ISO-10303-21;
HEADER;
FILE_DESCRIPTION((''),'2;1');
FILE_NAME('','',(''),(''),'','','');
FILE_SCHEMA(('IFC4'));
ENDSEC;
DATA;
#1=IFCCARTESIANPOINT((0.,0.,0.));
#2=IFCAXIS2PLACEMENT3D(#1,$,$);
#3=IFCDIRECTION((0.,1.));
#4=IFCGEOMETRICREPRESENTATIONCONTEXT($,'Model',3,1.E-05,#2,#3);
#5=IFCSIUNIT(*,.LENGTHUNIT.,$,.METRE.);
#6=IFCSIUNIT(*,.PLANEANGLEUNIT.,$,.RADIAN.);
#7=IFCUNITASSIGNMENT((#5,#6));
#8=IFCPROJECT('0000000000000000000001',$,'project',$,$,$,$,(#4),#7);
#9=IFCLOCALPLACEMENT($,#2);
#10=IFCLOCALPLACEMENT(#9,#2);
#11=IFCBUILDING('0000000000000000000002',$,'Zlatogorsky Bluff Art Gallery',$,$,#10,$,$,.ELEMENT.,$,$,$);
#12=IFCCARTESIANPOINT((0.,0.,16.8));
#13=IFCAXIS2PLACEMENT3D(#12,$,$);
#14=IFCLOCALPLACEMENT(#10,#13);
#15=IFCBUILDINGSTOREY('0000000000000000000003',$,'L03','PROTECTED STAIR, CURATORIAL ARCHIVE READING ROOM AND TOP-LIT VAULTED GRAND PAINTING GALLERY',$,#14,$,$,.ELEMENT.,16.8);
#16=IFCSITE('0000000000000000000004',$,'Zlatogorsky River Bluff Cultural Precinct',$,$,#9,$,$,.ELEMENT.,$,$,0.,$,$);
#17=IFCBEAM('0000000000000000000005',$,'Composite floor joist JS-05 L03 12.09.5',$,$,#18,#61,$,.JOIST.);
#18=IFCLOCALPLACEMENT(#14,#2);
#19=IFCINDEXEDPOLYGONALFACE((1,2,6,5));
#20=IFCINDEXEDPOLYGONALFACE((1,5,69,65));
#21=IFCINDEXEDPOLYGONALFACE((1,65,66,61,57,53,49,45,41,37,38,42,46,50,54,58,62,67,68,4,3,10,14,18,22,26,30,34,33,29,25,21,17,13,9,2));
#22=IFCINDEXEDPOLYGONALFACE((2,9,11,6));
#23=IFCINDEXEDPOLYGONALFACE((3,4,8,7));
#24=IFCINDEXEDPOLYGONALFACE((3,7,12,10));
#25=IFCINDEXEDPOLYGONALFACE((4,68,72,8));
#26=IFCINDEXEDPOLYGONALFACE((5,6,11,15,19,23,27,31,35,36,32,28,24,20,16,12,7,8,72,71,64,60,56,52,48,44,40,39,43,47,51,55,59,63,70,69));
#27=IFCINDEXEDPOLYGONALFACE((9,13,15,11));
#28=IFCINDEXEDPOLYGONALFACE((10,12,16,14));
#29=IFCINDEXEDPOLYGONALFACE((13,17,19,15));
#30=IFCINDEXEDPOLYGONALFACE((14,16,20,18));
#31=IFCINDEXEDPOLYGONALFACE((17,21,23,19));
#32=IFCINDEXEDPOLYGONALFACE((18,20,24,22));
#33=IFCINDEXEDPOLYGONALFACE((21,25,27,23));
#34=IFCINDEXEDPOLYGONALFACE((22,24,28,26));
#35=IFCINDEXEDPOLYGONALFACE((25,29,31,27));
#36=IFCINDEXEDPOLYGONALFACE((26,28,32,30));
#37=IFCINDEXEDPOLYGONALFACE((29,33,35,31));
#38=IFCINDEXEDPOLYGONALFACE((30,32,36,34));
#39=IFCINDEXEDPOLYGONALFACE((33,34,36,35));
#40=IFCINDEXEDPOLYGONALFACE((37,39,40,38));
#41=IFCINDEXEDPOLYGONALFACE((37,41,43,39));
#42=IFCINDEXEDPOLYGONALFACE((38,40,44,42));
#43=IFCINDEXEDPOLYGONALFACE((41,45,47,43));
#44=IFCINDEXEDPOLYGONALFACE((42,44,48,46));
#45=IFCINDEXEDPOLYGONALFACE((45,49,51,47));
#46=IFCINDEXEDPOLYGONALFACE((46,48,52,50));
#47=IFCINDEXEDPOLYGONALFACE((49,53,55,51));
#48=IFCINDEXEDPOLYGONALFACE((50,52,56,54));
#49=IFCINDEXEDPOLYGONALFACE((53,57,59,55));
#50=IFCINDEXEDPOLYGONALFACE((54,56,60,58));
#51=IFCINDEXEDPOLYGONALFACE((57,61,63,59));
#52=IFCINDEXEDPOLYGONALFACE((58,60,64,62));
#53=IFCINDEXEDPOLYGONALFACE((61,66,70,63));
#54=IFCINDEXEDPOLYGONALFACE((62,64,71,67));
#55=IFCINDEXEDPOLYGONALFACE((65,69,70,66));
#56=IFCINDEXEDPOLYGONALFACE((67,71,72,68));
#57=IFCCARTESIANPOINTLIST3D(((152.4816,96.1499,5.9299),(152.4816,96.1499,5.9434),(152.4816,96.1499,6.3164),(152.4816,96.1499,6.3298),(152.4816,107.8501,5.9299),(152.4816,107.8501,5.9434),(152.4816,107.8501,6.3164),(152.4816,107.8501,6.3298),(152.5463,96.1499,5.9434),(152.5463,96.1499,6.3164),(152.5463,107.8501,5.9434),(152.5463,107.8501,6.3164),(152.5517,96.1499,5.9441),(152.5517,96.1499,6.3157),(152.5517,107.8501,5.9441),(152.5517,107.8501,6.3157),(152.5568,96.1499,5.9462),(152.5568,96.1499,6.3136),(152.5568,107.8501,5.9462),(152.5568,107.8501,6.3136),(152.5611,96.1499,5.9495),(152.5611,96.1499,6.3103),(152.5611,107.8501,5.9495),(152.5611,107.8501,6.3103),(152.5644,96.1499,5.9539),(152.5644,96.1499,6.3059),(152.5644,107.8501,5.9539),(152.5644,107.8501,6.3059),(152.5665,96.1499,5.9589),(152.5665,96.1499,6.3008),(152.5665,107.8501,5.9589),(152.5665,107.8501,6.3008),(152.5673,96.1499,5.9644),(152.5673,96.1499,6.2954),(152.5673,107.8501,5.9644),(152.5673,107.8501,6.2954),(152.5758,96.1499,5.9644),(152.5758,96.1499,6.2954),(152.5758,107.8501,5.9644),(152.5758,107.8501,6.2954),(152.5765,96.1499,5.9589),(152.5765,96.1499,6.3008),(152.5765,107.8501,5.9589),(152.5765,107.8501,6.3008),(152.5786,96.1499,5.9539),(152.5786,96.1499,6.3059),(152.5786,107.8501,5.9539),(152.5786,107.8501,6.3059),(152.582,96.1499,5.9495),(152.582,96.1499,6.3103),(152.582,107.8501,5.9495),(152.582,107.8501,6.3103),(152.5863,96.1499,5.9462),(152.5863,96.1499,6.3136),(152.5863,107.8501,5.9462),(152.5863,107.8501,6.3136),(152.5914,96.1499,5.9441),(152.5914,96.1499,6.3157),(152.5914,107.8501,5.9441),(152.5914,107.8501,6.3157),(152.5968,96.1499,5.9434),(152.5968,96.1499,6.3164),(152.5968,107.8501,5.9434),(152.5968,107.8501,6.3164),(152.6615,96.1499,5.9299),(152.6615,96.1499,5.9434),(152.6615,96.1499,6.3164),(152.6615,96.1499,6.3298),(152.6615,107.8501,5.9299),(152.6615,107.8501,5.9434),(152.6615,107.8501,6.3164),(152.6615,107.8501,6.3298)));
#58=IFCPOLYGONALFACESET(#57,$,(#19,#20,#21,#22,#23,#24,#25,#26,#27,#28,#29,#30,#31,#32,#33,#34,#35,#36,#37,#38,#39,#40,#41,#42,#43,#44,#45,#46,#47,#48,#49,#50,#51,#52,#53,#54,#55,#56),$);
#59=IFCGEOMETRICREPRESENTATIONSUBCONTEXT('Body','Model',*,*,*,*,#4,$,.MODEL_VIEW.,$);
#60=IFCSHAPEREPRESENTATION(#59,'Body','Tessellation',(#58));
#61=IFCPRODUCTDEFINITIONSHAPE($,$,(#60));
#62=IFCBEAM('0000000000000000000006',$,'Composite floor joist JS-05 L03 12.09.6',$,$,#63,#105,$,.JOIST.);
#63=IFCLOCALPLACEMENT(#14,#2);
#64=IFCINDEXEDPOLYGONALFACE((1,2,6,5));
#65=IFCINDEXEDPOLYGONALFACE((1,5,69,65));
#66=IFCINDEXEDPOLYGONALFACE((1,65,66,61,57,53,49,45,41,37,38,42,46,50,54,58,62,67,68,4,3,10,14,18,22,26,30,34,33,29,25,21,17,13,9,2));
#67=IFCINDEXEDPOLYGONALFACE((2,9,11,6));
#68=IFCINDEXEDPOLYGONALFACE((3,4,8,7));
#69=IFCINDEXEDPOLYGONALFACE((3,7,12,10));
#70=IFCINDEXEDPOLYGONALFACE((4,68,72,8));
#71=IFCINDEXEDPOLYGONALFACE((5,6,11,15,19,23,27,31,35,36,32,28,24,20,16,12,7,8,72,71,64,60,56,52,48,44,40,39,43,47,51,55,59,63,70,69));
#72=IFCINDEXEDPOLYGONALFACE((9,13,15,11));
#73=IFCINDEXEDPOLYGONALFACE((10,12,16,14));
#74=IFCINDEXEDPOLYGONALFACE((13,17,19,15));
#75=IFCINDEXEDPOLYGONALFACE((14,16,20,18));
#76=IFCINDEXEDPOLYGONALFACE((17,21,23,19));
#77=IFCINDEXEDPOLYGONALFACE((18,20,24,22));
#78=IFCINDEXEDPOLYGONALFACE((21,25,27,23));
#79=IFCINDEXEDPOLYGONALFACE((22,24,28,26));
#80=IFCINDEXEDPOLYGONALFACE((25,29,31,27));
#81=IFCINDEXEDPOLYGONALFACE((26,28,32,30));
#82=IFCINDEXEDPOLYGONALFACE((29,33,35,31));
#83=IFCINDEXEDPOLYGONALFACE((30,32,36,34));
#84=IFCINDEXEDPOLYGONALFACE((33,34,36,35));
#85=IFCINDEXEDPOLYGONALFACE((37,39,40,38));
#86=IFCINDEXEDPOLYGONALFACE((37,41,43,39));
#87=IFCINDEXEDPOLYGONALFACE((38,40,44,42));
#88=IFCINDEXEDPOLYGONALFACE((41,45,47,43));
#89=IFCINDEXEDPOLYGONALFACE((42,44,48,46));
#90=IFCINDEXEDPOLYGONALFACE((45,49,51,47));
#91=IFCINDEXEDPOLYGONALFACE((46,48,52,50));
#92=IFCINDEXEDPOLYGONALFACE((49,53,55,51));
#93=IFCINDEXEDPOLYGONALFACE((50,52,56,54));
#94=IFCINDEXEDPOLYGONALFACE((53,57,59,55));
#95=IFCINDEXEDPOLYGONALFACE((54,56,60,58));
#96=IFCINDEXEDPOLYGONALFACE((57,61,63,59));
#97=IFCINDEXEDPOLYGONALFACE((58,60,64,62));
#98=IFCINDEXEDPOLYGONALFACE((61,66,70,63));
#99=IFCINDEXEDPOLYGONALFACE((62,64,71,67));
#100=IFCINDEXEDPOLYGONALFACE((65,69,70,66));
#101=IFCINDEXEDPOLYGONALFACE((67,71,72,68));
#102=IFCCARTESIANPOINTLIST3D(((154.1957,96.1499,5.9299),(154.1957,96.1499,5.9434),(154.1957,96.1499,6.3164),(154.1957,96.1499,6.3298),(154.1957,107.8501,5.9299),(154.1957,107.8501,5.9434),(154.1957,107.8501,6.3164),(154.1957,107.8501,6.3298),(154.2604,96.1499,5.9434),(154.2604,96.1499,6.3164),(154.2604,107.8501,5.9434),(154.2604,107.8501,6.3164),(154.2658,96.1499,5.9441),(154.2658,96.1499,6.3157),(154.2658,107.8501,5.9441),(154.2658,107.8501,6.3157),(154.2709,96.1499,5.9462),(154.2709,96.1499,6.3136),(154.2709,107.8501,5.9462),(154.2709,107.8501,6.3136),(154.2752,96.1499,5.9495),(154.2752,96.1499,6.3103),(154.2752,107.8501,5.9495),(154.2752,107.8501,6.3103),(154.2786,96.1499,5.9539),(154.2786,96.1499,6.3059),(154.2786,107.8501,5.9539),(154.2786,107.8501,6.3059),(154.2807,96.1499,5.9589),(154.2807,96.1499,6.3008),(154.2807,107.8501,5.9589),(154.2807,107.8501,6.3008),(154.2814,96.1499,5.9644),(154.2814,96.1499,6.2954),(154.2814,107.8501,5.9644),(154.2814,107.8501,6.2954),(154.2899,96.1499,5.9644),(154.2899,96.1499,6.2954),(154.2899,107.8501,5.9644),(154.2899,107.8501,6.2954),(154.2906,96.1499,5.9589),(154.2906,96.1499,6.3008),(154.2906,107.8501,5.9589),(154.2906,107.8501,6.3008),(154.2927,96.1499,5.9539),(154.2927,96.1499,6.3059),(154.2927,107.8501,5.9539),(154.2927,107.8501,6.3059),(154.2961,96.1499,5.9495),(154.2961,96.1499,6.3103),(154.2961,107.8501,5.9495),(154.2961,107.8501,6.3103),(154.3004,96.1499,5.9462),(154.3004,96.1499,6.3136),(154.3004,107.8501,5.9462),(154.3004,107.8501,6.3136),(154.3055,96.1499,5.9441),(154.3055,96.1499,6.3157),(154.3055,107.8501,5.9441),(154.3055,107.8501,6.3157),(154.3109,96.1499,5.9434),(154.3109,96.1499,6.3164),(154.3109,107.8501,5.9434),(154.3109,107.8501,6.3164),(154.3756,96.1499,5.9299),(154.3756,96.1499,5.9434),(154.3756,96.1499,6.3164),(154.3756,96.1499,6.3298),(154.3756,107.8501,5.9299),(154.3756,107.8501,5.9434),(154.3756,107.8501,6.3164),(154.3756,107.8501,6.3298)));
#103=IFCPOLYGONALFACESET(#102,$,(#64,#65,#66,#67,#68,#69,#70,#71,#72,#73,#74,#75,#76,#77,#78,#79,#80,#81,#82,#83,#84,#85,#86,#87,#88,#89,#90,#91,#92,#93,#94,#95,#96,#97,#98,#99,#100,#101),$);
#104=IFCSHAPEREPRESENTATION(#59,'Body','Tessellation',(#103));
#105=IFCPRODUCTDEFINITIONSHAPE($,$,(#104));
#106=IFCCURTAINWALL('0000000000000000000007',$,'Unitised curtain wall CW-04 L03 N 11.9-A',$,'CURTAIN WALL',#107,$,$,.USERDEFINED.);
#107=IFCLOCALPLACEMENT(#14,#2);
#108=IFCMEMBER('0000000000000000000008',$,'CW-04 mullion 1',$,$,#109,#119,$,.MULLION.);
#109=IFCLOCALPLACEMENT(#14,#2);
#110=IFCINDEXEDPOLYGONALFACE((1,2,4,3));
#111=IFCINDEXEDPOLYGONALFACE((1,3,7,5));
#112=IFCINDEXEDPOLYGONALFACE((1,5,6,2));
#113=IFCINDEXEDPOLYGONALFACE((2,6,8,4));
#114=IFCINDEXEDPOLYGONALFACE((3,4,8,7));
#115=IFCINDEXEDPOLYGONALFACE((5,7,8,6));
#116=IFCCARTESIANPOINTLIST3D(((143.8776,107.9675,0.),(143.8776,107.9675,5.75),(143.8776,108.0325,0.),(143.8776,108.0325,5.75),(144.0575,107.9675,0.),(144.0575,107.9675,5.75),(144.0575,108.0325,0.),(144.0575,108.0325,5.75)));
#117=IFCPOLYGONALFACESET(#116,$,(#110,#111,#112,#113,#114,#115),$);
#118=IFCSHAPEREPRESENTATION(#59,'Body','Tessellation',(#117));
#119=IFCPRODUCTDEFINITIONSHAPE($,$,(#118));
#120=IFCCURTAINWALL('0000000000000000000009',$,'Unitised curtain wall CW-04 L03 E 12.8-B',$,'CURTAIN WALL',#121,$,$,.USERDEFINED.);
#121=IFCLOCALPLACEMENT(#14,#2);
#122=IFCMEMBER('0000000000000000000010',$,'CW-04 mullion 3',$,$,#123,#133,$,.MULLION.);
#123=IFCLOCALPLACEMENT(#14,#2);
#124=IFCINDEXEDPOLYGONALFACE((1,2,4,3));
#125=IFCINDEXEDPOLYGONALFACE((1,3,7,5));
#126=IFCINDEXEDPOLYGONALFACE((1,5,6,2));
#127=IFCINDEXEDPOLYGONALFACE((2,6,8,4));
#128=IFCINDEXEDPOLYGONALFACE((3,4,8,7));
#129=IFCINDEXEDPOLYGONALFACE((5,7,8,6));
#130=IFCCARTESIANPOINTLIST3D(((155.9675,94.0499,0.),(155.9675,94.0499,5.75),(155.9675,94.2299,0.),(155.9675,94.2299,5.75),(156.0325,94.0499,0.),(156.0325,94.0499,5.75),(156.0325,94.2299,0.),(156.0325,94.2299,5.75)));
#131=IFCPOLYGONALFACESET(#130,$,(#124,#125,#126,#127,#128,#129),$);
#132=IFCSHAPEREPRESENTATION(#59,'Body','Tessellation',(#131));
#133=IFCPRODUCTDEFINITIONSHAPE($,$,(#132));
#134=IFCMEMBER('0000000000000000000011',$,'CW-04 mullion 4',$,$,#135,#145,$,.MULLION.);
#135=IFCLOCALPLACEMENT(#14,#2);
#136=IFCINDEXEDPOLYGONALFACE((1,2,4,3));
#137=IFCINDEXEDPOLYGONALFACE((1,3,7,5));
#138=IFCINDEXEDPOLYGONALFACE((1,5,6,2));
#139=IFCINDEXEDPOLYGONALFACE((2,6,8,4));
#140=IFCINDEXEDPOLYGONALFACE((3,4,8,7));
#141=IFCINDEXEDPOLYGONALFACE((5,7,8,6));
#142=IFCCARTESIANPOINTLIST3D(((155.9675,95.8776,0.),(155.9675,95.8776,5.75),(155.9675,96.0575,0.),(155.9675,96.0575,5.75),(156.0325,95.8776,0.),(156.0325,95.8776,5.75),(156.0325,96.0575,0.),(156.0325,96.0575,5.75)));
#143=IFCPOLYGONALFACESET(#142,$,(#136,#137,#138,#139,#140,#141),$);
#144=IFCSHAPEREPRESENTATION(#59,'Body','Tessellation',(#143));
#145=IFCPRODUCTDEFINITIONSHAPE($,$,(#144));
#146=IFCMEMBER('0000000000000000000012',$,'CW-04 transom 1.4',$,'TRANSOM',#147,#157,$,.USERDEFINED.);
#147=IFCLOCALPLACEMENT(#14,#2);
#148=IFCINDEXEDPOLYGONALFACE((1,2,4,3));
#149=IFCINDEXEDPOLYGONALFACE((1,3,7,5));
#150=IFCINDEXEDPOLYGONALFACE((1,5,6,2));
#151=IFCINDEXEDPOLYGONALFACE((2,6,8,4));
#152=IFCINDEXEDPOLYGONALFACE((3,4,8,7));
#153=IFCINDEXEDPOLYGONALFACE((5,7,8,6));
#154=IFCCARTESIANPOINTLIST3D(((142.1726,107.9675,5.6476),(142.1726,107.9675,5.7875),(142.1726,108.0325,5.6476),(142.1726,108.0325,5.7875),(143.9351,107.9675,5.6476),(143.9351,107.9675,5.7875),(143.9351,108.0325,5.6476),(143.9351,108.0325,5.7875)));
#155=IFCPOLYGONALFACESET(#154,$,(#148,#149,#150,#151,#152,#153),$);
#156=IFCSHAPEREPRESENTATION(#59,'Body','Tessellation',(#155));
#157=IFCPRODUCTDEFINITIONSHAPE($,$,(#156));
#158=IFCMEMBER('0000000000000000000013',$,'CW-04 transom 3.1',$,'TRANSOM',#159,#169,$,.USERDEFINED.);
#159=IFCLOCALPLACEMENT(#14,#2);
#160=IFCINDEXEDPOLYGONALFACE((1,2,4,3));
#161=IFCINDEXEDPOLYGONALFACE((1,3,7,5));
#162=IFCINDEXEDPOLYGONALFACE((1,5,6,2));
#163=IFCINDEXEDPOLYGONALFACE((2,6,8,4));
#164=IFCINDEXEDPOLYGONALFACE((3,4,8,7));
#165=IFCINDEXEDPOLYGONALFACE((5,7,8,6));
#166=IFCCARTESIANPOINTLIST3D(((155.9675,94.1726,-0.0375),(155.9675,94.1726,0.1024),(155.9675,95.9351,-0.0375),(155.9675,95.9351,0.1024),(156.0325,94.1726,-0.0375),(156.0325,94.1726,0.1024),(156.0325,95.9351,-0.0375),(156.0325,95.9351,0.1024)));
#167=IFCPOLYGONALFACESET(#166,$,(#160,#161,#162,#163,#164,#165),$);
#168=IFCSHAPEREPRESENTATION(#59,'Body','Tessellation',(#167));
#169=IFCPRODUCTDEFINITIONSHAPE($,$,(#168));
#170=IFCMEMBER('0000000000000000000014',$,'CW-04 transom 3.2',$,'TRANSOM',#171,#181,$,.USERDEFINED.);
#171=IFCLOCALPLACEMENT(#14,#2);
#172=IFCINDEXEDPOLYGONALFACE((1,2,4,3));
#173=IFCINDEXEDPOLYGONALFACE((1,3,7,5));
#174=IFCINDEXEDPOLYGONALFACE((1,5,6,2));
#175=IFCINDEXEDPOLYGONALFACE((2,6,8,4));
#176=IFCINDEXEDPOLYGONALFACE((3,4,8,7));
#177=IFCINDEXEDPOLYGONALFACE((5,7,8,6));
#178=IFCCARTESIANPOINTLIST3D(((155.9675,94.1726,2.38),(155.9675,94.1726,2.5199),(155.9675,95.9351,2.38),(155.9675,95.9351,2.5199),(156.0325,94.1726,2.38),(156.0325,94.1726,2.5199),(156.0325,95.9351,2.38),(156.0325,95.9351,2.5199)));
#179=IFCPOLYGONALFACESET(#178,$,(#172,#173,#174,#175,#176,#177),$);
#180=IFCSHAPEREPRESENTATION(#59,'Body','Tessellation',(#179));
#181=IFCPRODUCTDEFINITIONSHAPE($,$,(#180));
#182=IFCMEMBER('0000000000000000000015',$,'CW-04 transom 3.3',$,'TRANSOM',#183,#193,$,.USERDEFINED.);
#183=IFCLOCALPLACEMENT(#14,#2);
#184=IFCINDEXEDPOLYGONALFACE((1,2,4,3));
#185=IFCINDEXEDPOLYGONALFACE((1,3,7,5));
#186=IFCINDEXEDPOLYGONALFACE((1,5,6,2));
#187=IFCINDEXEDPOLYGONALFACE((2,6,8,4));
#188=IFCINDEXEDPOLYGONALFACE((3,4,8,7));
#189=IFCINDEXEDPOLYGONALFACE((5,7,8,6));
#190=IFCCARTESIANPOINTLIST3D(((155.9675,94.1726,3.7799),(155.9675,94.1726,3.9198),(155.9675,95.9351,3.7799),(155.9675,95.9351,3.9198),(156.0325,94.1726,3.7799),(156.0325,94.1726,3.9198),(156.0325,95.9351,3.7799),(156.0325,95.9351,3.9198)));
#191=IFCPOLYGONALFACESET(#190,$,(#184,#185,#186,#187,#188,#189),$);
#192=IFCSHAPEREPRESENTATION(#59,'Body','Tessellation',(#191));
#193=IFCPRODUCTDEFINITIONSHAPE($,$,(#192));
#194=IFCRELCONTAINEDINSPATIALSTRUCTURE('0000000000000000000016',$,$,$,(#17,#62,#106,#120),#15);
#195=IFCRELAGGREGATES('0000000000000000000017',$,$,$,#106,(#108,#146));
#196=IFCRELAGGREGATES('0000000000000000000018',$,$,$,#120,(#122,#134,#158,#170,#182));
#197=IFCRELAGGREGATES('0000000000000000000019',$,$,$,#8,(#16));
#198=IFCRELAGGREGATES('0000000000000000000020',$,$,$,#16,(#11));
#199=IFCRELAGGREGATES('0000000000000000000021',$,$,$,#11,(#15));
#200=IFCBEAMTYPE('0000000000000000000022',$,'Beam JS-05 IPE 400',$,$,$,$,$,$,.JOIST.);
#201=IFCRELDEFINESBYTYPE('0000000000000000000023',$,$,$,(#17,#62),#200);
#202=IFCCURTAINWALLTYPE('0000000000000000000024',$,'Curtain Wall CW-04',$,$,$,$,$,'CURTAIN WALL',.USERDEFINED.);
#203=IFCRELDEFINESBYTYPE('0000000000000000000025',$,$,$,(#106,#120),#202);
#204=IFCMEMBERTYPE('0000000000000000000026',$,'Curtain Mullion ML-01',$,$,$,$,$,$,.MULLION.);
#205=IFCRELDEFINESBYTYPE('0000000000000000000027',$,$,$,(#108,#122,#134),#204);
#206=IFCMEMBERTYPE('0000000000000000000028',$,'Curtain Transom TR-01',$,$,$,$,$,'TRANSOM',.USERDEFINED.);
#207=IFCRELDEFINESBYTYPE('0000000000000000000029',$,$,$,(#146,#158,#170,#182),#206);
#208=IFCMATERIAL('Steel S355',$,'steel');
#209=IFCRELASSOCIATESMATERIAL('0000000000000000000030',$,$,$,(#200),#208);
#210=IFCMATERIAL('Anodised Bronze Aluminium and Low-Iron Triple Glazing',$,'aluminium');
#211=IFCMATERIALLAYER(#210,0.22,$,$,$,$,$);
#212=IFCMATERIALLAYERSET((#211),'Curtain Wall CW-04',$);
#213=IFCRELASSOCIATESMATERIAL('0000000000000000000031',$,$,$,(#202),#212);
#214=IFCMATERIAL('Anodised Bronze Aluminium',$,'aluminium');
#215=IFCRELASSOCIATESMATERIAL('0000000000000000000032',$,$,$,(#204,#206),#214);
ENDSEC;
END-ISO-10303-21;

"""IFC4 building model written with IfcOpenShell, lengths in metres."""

from ifc_helpers import new_model, si_unit, direction, frame, origin, origin_2d, place, context, subcontext, project, spatial, rectangle, i_section, extrude, material, layer, layer_set, material_profile, profile_set, type_object, element, aggregate, save


model = new_model("IFC4")

# Units and contexts
model_context = context("Model", 3, precision=1e-05, world=origin(), true_north=direction((0.0, 1.0)))
body_context = subcontext(model_context, "Body", "Model", "MODEL_VIEW")
ifc_project = project(units=[si_unit("LENGTHUNIT", "METRE"), si_unit("PLANEANGLEUNIT", "RADIAN")], contexts=[model_context])

# Site, building, storey
site_placement = place(None, origin())
site = spatial("IfcSite", under=ifc_project, at=site_placement, Name="Zlatogorsky River Bluff Cultural Precinct", CompositionType="ELEMENT", RefElevation=0.0)
building_placement = place(site_placement, origin())
building = spatial("IfcBuilding", under=site, at=building_placement, Name="Zlatogorsky Bluff Art Gallery", CompositionType="ELEMENT")
storey_placement = place(building_placement, frame((0.0, 0.0, 16.8)))
storey = spatial("IfcBuildingStorey", under=building, at=storey_placement, Name="L03", Description="PROTECTED STAIR, CURATORIAL ARCHIVE READING ROOM AND TOP-LIT VAULTED GRAND PAINTING GALLERY", CompositionType="ELEMENT", Elevation=16.8)

# Shared definitions
ifc_material_1 = material(Name="Steel S355", Category="steel")

# Beams
ifc_material_profile_1 = material_profile(ifc_material_1, i_section(OverallWidth=0.1799, OverallDepth=0.3999, WebThickness=0.0085, FlangeThickness=0.0134, FilletRadius=0.021, at=origin_2d()), Name="IPE 400")
ifc_profile_set_1 = profile_set([ifc_material_profile_1], Name="Steel S355")
beam_type_1 = type_object("IfcBeamType", Name="Beam JS-05 IPE 400", PredefinedType="JOIST", material=ifc_profile_set_1)
for number, where, z_axis, x_axis, name in (
    (1, (152.5715, 96.1499, 6.1299), (0.0, 1.0, 0.0), (-1.0, 0.0, 0.0), "Composite floor joist JS-05 L03 12.09.5"),
    (2, (154.2856, 96.1499, 6.1299), (0.0, 1.0, 0.0), (-1.0, 0.0, 0.0), "Composite floor joist JS-05 L03 12.09.6"),
):
    element("IfcBeam", number, at=place(storey_placement, frame(where, z_axis=z_axis, x_axis=x_axis)), inside=storey, type_object=beam_type_1, Name=name, PredefinedType="JOIST", context=body_context, shape_type="SweptSolid", body=[
        extrude(i_section(OverallWidth=0.1799, OverallDepth=0.3999, WebThickness=0.0085, FlangeThickness=0.0134, FilletRadius=0.021, at=origin_2d()), origin(), (0.0, 0.0, 1.0), 11.7002),
    ])

# Curtain wall, member
ifc_material_2 = material(Name="Anodised Bronze Aluminium and Low-Iron Triple Glazing", Category="aluminium")
ifc_layer_1 = layer(ifc_material_2, 0.22)
ifc_layer_set_1 = layer_set([ifc_layer_1], Name="Curtain Wall CW-04")
curtain_wall_type = type_object("IfcCurtainWallType", Name="Curtain Wall CW-04", ElementType="CURTAIN WALL", PredefinedType="USERDEFINED", material=ifc_layer_set_1)
curtain_wall_1_placement = place(storey_placement, origin())
curtain_wall_1 = element("IfcCurtainWall", 3, at=curtain_wall_1_placement, inside=storey, type_object=curtain_wall_type, Name="Unitised curtain wall CW-04 L03 N 11.9-A", ObjectType="CURTAIN WALL", PredefinedType="USERDEFINED")
ifc_material_3 = material(Name="Anodised Bronze Aluminium", Category="aluminium")
ifc_material_profile_2 = material_profile(ifc_material_3, rectangle(XDim=0.0649, YDim=0.1799, at=origin_2d()), Name="ALU MULLION 65x180")
ifc_profile_set_2 = profile_set([ifc_material_profile_2], Name="Anodised Bronze Aluminium")
member_type_1 = type_object("IfcMemberType", Name="Curtain Mullion ML-01", PredefinedType="MULLION", material=ifc_profile_set_2)
member_1_placement = place(storey_placement, frame((143.9675, 108.0, 0.0), z_axis=(0.0, 0.0, 1.0), x_axis=(0.0, -1.0, 0.0)))
member_1 = element("IfcMember", 4, at=member_1_placement, type_object=member_type_1, Name="CW-04 mullion 1", PredefinedType="MULLION", context=body_context, shape_type="SweptSolid", body=[
    extrude(rectangle(XDim=0.0649, YDim=0.1799, at=origin_2d()), origin(), (0.0, 0.0, 1.0), 5.75),
])

# Curtain wall, members
curtain_wall_2_placement = place(storey_placement, origin())
curtain_wall_2 = element("IfcCurtainWall", 5, at=curtain_wall_2_placement, inside=storey, type_object=curtain_wall_type, Name="Unitised curtain wall CW-04 L03 E 12.8-B", ObjectType="CURTAIN WALL", PredefinedType="USERDEFINED")
member_2_placement = place(storey_placement, frame((156.0, 94.1399, 0.0), z_axis=(0.0, 0.0, 1.0), x_axis=(-1.0, 0.0, 0.0)))
member_2 = element("IfcMember", 6, at=member_2_placement, type_object=member_type_1, Name="CW-04 mullion 3", PredefinedType="MULLION", context=body_context, shape_type="SweptSolid", body=[
    extrude(rectangle(XDim=0.0649, YDim=0.1799, at=origin_2d()), origin(), (0.0, 0.0, 1.0), 5.75),
])
member_3_placement = place(storey_placement, frame((156.0, 95.9675, 0.0), z_axis=(0.0, 0.0, 1.0), x_axis=(-1.0, 0.0, 0.0)))
member_3 = element("IfcMember", 7, at=member_3_placement, type_object=member_type_1, Name="CW-04 mullion 4", PredefinedType="MULLION", context=body_context, shape_type="SweptSolid", body=[
    extrude(rectangle(XDim=0.0649, YDim=0.1799, at=origin_2d()), origin(), (0.0, 0.0, 1.0), 5.75),
])

# Members
ifc_material_profile_3 = material_profile(ifc_material_3, rectangle(XDim=0.0649, YDim=0.1399, at=origin_2d()), Name="ALU TRANSOM 65x140")
ifc_profile_set_3 = profile_set([ifc_material_profile_3], Name="Anodised Bronze Aluminium")
member_type_2 = type_object("IfcMemberType", Name="Curtain Transom TR-01", ElementType="TRANSOM", PredefinedType="USERDEFINED", material=ifc_profile_set_3)
member_4_placement = place(storey_placement, frame((143.9351, 108.0, 5.7175), z_axis=(-1.0, 0.0, 0.0), x_axis=(0.0, -1.0, 0.0)))
member_4 = element("IfcMember", 8, at=member_4_placement, type_object=member_type_2, Name="CW-04 transom 1.4", ObjectType="TRANSOM", PredefinedType="USERDEFINED", context=body_context, shape_type="SweptSolid", body=[
    extrude(rectangle(XDim=0.0649, YDim=0.1399, at=origin_2d()), origin(), (0.0, 0.0, 1.0), 1.7625),
])
aggregate(curtain_wall_1, [member_1, member_4])
member_5_placement = place(storey_placement, frame((156.0, 94.1726, 0.0325), z_axis=(0.0, 1.0, 0.0), x_axis=(-1.0, 0.0, 0.0)))
member_5 = element("IfcMember", 9, at=member_5_placement, type_object=member_type_2, Name="CW-04 transom 3.1", ObjectType="TRANSOM", PredefinedType="USERDEFINED", context=body_context, shape_type="SweptSolid", body=[
    extrude(rectangle(XDim=0.0649, YDim=0.1399, at=origin_2d()), origin(), (0.0, 0.0, 1.0), 1.7625),
])
member_6_placement = place(storey_placement, frame((156.0, 94.1726, 2.45), z_axis=(0.0, 1.0, 0.0), x_axis=(-1.0, 0.0, 0.0)))
member_6 = element("IfcMember", 10, at=member_6_placement, type_object=member_type_2, Name="CW-04 transom 3.2", ObjectType="TRANSOM", PredefinedType="USERDEFINED", context=body_context, shape_type="SweptSolid", body=[
    extrude(rectangle(XDim=0.0649, YDim=0.1399, at=origin_2d()), origin(), (0.0, 0.0, 1.0), 1.7625),
])
member_7_placement = place(storey_placement, frame((156.0, 94.1726, 3.8499), z_axis=(0.0, 1.0, 0.0), x_axis=(-1.0, 0.0, 0.0)))
member_7 = element("IfcMember", 11, at=member_7_placement, type_object=member_type_2, Name="CW-04 transom 3.3", ObjectType="TRANSOM", PredefinedType="USERDEFINED", context=body_context, shape_type="SweptSolid", body=[
    extrude(rectangle(XDim=0.0649, YDim=0.1399, at=origin_2d()), origin(), (0.0, 0.0, 1.0), 1.7625),
])

aggregate(curtain_wall_2, [member_2, member_3, member_5, member_6, member_7])

save(model, "model.ifc")
